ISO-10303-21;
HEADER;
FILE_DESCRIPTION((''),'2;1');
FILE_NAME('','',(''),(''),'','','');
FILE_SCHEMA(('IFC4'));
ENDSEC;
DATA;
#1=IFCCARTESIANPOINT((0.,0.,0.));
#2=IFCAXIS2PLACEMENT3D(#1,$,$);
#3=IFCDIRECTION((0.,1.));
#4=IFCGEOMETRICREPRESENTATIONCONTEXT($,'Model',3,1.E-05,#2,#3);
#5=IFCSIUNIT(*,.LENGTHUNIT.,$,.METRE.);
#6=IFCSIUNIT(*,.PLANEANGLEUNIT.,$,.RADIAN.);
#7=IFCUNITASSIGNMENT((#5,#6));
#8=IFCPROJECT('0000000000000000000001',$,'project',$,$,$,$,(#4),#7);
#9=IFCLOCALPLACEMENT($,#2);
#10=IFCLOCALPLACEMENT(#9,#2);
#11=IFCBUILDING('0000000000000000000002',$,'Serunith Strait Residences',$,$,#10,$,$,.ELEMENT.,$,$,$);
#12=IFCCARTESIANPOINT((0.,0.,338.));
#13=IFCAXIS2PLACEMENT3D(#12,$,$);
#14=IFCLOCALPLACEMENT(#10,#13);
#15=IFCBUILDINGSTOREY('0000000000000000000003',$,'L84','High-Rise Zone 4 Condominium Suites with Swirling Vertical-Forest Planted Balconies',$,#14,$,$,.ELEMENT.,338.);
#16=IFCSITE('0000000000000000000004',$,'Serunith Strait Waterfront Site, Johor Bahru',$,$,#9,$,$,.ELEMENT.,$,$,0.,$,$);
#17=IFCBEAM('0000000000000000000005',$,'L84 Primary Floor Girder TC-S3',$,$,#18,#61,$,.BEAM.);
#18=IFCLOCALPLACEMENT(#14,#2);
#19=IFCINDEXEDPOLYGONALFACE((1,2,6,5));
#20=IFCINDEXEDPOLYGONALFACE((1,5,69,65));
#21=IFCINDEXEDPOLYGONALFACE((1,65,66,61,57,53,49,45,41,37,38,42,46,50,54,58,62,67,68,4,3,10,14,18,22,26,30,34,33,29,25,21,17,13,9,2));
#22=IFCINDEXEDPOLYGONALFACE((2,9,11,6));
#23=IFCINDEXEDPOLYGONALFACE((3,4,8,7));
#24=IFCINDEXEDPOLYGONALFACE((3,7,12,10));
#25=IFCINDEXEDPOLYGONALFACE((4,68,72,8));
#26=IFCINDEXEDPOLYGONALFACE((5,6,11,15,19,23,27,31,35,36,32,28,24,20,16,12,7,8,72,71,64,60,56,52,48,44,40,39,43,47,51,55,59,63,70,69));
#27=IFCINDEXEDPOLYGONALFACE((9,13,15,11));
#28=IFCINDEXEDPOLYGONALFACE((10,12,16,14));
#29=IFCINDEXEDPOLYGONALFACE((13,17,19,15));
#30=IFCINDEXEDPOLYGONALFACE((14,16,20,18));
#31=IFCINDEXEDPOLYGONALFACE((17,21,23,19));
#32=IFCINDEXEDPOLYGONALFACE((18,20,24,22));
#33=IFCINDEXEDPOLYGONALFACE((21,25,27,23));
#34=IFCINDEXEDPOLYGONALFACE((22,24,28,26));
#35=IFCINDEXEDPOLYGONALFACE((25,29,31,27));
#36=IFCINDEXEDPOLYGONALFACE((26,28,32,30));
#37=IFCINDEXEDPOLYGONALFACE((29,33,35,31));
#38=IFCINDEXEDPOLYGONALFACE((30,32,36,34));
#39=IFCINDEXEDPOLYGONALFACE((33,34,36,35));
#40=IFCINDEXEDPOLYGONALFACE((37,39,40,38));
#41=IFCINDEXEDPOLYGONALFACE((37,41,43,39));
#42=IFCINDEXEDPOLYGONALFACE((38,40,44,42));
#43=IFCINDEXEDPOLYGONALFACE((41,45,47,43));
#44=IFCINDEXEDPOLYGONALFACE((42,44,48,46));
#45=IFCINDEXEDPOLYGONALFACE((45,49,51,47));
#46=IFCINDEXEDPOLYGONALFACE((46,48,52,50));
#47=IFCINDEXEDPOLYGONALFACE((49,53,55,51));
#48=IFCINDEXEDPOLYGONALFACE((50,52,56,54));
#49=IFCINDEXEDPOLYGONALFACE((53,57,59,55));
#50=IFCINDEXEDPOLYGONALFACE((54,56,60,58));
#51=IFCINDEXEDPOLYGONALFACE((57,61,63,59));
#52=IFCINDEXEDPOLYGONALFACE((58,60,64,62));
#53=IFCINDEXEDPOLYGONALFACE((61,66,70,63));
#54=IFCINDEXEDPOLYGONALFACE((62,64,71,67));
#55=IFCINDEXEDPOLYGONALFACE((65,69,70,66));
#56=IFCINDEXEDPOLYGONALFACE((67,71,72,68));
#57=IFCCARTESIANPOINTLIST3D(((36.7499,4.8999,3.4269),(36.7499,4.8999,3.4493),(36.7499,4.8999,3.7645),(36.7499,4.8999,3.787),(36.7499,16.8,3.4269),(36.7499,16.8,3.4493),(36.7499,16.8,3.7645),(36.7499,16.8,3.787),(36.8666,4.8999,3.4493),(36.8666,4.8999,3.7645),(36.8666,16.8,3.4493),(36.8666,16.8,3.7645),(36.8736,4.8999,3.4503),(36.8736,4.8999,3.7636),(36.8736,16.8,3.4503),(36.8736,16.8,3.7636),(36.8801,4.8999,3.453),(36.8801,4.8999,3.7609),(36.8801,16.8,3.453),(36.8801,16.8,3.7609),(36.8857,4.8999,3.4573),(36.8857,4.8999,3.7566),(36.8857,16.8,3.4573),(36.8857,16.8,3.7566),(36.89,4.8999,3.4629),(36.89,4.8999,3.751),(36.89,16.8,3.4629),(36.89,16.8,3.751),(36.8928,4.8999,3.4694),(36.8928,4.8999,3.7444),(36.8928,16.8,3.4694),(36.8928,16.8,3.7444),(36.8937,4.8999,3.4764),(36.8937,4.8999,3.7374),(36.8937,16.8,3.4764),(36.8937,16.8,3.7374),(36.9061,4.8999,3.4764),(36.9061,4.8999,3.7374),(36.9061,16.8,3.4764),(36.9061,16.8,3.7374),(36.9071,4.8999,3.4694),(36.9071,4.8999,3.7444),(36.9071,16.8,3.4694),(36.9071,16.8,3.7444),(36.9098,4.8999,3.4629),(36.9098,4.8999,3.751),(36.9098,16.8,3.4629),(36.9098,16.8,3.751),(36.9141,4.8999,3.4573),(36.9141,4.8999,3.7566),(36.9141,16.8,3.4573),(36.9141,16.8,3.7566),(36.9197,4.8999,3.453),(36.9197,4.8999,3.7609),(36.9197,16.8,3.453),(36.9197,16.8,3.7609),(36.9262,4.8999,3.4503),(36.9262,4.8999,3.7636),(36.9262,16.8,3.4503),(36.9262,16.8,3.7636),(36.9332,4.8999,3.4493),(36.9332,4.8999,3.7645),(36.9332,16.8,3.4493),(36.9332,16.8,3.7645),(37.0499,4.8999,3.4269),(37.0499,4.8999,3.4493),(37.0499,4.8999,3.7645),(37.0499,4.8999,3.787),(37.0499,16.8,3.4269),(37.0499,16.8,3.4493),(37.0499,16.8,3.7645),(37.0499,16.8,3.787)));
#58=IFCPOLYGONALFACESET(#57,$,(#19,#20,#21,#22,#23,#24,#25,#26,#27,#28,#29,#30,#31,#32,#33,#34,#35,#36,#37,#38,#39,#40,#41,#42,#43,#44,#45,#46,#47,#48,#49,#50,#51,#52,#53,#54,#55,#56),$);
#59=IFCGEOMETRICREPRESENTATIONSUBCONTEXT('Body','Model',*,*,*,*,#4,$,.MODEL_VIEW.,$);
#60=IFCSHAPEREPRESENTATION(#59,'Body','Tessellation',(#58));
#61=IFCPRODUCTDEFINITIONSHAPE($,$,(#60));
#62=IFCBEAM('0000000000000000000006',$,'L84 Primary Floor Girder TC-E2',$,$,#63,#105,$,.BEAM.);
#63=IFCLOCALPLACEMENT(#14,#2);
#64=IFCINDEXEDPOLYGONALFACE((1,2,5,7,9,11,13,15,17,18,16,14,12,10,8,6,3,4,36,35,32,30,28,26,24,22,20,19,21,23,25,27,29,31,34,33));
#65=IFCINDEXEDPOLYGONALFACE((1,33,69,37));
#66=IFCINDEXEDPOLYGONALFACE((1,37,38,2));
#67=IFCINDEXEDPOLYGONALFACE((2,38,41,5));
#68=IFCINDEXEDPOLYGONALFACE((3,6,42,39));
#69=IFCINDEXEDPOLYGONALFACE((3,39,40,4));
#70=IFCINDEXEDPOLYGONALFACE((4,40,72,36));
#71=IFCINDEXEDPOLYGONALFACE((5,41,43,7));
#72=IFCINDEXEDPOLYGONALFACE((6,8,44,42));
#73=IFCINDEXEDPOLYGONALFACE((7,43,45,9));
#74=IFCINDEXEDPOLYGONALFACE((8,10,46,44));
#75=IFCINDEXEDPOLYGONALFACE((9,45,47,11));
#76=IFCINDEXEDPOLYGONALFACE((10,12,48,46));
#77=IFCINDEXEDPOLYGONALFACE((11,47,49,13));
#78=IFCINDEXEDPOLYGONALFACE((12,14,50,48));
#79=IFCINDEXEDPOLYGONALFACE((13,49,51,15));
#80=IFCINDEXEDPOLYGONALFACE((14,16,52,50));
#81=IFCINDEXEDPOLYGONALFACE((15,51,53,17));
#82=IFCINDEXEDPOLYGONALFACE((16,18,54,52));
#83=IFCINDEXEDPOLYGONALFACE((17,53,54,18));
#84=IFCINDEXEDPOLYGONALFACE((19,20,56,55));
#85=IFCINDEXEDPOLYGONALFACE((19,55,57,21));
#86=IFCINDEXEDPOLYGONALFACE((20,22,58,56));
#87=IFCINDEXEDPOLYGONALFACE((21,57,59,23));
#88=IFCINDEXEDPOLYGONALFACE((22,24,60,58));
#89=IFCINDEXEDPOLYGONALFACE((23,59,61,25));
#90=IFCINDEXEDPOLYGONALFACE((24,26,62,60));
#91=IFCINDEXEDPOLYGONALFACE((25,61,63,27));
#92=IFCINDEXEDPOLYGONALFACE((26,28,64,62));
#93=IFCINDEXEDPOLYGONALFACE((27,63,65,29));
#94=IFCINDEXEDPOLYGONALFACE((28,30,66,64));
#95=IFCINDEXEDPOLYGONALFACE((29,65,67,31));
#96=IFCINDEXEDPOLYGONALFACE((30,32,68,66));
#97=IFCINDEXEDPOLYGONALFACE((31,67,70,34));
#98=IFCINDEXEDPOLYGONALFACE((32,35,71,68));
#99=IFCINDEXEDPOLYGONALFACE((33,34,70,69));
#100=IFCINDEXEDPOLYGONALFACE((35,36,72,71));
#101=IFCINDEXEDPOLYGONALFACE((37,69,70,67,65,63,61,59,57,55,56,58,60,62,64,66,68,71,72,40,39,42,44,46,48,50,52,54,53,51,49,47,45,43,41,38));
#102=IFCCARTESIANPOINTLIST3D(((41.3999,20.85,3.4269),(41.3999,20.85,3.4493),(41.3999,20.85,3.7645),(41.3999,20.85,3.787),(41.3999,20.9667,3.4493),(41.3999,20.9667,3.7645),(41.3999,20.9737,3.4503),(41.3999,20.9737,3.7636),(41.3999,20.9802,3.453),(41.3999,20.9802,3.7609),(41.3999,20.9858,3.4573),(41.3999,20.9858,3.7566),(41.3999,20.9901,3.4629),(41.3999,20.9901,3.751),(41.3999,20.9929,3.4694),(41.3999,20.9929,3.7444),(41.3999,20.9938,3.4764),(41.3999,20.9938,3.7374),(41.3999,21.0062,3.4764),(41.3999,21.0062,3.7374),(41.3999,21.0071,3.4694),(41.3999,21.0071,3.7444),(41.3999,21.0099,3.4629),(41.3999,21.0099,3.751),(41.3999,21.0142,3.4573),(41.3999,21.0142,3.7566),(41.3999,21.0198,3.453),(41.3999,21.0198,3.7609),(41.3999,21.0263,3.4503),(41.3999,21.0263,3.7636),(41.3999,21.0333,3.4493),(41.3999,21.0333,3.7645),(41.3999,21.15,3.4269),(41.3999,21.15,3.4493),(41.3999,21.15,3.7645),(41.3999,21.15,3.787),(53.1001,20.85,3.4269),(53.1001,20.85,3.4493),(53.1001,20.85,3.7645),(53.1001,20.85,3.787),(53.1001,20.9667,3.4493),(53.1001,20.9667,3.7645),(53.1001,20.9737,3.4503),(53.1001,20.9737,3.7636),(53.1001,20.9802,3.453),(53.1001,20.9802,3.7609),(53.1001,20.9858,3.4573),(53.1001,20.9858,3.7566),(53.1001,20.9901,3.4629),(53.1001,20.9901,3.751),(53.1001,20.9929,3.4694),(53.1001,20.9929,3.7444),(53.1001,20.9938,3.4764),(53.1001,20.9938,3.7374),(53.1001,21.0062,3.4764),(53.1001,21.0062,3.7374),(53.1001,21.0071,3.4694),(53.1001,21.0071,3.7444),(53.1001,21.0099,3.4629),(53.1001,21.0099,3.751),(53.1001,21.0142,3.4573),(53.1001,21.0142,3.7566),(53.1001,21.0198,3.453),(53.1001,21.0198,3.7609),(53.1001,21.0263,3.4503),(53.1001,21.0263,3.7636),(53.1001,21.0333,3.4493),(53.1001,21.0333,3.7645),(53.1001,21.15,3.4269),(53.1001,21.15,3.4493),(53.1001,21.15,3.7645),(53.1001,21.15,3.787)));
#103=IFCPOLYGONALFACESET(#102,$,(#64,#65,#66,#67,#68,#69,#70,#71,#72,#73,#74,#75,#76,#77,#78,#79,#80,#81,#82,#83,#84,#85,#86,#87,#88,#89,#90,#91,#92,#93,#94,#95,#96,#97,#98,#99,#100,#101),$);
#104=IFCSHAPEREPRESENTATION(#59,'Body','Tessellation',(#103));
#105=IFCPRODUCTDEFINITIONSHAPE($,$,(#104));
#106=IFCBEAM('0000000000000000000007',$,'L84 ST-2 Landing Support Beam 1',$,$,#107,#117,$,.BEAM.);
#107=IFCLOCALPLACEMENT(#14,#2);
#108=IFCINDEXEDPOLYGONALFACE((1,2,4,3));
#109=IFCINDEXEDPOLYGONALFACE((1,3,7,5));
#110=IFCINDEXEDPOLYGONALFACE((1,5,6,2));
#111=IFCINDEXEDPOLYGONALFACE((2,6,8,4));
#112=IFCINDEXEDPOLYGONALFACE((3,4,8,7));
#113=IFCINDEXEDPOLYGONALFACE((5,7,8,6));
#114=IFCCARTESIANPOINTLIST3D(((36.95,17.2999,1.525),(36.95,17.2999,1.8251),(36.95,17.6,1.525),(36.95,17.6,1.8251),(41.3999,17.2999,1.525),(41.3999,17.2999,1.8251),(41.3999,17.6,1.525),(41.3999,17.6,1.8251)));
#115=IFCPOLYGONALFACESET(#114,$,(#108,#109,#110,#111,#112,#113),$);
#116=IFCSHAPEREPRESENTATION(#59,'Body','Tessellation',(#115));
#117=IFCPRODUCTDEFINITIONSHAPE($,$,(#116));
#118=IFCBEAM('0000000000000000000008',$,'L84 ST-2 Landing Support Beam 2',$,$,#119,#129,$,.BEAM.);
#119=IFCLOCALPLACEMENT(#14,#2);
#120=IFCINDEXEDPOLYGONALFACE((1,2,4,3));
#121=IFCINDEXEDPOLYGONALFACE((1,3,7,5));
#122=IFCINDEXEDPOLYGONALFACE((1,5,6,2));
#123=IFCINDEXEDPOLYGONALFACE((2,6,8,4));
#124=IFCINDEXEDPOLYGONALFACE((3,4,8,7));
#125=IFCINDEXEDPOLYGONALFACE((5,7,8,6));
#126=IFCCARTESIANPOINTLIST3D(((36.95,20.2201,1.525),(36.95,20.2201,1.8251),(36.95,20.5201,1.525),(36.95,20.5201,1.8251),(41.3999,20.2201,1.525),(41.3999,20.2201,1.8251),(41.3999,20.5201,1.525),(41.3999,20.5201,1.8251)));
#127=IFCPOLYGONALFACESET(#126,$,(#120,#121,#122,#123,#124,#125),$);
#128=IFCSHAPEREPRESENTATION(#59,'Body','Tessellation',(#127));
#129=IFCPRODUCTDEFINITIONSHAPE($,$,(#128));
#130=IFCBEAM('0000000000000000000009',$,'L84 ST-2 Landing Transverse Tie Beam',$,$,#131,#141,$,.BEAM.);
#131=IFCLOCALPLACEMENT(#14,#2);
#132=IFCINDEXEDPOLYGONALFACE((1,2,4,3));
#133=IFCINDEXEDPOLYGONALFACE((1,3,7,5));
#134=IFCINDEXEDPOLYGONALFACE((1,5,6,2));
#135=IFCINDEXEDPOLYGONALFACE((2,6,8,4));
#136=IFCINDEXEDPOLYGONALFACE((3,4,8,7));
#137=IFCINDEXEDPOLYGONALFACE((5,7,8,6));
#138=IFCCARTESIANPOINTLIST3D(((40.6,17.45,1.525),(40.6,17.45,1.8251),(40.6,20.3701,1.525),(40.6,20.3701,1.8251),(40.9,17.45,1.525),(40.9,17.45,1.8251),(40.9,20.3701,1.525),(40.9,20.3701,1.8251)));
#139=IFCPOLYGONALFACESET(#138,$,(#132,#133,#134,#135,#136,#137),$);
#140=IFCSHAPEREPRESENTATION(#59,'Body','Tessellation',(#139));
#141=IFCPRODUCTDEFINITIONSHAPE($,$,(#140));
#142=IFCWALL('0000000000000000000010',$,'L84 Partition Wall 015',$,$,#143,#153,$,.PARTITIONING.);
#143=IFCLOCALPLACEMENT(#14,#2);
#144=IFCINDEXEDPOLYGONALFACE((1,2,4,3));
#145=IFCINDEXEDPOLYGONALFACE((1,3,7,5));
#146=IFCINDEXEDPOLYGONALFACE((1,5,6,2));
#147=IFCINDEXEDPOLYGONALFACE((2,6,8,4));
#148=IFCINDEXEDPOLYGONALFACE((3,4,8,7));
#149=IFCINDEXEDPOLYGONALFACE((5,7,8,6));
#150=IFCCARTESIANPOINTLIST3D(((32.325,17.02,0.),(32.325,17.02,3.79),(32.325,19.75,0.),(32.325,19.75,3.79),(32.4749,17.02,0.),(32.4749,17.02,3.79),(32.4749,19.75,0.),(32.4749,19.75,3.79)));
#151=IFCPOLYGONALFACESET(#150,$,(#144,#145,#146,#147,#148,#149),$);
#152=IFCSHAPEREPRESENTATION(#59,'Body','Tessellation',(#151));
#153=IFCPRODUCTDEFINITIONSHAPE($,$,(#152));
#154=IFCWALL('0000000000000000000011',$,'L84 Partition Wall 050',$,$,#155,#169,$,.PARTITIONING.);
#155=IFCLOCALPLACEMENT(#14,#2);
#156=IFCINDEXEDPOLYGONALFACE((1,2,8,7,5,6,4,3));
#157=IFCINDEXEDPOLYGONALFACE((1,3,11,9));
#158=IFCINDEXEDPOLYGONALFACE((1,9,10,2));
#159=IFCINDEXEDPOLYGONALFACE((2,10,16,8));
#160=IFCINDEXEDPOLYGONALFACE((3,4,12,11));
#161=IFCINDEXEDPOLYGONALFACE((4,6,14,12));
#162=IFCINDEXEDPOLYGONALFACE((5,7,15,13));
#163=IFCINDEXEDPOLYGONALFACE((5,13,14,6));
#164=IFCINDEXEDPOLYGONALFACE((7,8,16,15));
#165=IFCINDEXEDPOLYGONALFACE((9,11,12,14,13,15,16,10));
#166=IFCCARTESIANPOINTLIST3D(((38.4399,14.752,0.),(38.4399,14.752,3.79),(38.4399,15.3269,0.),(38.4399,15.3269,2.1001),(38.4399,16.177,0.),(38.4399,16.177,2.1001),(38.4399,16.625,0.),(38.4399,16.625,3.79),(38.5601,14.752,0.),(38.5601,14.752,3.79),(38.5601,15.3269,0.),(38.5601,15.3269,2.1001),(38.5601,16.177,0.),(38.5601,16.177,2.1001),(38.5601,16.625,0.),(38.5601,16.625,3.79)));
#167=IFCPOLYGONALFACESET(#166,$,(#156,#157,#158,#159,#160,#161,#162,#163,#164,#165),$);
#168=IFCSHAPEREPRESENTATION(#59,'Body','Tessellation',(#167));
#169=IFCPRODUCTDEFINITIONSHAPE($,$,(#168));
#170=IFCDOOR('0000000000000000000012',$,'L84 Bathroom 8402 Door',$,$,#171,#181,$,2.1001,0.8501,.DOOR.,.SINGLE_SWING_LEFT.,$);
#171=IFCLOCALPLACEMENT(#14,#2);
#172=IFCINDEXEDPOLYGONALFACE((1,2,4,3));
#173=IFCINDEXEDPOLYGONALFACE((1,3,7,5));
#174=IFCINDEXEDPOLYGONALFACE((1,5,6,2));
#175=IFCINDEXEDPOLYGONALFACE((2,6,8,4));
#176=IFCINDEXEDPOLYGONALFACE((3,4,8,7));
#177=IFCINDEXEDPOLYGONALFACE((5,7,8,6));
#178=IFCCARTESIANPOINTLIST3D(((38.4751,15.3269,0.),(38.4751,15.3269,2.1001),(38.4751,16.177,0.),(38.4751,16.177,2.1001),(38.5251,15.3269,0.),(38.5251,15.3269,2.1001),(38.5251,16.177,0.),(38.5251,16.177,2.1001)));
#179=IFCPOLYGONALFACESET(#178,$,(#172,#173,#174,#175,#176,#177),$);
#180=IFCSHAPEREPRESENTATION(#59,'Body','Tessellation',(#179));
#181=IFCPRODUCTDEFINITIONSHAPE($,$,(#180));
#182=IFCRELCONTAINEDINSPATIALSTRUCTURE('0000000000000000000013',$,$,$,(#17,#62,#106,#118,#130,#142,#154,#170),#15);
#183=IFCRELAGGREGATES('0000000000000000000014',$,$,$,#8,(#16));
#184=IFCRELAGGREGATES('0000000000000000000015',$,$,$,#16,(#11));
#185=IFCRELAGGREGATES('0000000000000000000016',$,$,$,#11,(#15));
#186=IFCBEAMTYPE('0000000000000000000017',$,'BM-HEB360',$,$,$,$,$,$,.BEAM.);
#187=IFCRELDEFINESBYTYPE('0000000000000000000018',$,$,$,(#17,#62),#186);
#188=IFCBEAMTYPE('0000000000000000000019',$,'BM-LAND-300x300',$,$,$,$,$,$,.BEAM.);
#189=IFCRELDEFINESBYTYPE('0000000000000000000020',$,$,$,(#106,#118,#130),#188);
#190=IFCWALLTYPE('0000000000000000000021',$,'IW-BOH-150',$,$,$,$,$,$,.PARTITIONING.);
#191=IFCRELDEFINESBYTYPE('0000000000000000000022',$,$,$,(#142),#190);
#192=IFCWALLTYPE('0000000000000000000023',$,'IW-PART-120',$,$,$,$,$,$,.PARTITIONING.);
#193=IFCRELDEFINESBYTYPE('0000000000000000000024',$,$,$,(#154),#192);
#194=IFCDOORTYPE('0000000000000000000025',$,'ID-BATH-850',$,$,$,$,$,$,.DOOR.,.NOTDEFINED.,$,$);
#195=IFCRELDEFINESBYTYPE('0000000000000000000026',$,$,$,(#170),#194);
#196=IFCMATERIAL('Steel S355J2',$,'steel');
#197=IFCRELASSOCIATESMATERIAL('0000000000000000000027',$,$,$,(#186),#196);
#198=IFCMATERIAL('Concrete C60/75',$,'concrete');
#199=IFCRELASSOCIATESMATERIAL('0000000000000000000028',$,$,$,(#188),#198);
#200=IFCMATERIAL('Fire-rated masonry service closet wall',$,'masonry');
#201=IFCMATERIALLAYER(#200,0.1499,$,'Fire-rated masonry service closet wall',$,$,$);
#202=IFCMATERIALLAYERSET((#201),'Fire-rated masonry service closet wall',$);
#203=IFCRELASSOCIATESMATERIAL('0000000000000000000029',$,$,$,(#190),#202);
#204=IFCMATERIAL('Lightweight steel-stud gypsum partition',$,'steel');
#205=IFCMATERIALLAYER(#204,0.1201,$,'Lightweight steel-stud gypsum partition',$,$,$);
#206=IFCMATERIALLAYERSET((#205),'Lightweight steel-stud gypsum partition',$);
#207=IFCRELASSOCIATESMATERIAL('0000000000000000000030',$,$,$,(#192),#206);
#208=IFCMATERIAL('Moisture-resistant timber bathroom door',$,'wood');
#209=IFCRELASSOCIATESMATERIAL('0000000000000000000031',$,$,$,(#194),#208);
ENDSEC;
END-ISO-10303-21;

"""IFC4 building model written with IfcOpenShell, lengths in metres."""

from ifc_helpers import new_model, si_unit, direction, frame, frame_2d, origin, origin_2d, place, context, subcontext, project, spatial, rectangle, i_section, extrude, source, transform, mapped, material, layer, layer_set, material_profile, profile_set, type_object, element, fill, save


model = new_model("IFC4")

# Units and contexts
model_context = context("Model", 3, precision=1e-05, world=origin(), true_north=direction((0.0, 1.0)))
body_context = subcontext(model_context, "Body", "Model", "MODEL_VIEW")
ifc_project = project(units=[si_unit("LENGTHUNIT", "METRE"), si_unit("PLANEANGLEUNIT", "RADIAN")], contexts=[model_context])

# Site, building, storey
site_placement = place(None, origin())
site = spatial("IfcSite", under=ifc_project, at=site_placement, Name="Serunith Strait Waterfront Site, Johor Bahru", CompositionType="ELEMENT", RefElevation=0.0)
building_placement = place(site_placement, origin())
building = spatial("IfcBuilding", under=site, at=building_placement, Name="Serunith Strait Residences", CompositionType="ELEMENT")
storey_placement = place(building_placement, frame((0.0, 0.0, 338.0)))
storey = spatial("IfcBuildingStorey", under=building, at=storey_placement, Name="L84", Description="High-Rise Zone 4 Condominium Suites with Swirling Vertical-Forest Planted Balconies", CompositionType="ELEMENT", Elevation=338.0)

# Beams
ifc_material_1 = material(Name="Steel S355J2", Category="steel")
ifc_material_profile_1 = material_profile(ifc_material_1, i_section(OverallWidth=0.3, OverallDepth=0.3601, WebThickness=0.0125, FlangeThickness=0.0225, FilletRadius=0.0271, at=origin_2d()), Name="HEB 360")
ifc_profile_set_1 = profile_set([ifc_material_profile_1], Name="Steel S355J2")
beam_type_1 = type_object("IfcBeamType", Name="BM-HEB360", PredefinedType="BEAM", material=ifc_profile_set_1)
shared_shape_1 = source(origin(), body_context, "Body", "SweptSolid", [
    extrude(i_section(OverallWidth=0.3, OverallDepth=0.3601, WebThickness=0.0125, FlangeThickness=0.0225, FilletRadius=0.0271, at=origin_2d()), origin(), (0.0, 0.0, 1.0), 11.9001),
])
beam_1_placement = place(storey_placement, frame((36.8999, 16.8, 3.6069), z_axis=(0.0, -1.0, 0.0), x_axis=(1.0, 0.0, 0.0)))
element("IfcBeam", 1, at=beam_1_placement, inside=storey, type_object=beam_type_1, Name="L84 Primary Floor Girder TC-S3", PredefinedType="BEAM", context=body_context, shape_type="MappedRepresentation", body=[
    mapped(shared_shape_1, transform((0.0, 0.0, 0.0), scale=1.0)),
])
shared_shape_2 = source(origin(), body_context, "Body", "SweptSolid", [
    extrude(i_section(OverallWidth=0.3, OverallDepth=0.3601, WebThickness=0.0125, FlangeThickness=0.0225, FilletRadius=0.0271, at=origin_2d()), origin(), (0.0, 0.0, 1.0), 11.7002),
])
beam_2_placement = place(storey_placement, frame((41.3999, 21.0, 3.6069), z_axis=(1.0, 0.0, 0.0), x_axis=(0.0, 1.0, 0.0)))
element("IfcBeam", 2, at=beam_2_placement, inside=storey, type_object=beam_type_1, Name="L84 Primary Floor Girder TC-E2", PredefinedType="BEAM", context=body_context, shape_type="MappedRepresentation", body=[
    mapped(shared_shape_2, transform((0.0, 0.0, 0.0), scale=1.0)),
])
ifc_material_2 = material(Name="Concrete C60/75", Category="concrete")
ifc_material_profile_2 = material_profile(ifc_material_2, rectangle(XDim=0.3, YDim=0.3, at=origin_2d()), Name="RC 300x300")
ifc_profile_set_2 = profile_set([ifc_material_profile_2], Name="Concrete C60/75")
beam_type_2 = type_object("IfcBeamType", Name="BM-LAND-300x300", PredefinedType="BEAM", material=ifc_profile_set_2)
shared_shape_3 = source(origin(), body_context, "Body", "SweptSolid", [
    extrude(rectangle(XDim=0.3, YDim=0.3, at=origin_2d()), origin(), (0.0, 0.0, 1.0), 4.45),
])
for number, where, z_axis, x_axis, name in (
    (3, (36.95, 17.45, 1.675), (1.0, 0.0, 0.0), (0.0, 1.0, 0.0), "L84 ST-2 Landing Support Beam 1"),
    (4, (36.95, 20.3701, 1.675), (1.0, 0.0, 0.0), (0.0, 1.0, 0.0), "L84 ST-2 Landing Support Beam 2"),
):
    element("IfcBeam", number, at=place(storey_placement, frame(where, z_axis=z_axis, x_axis=x_axis)), inside=storey, type_object=beam_type_2, Name=name, PredefinedType="BEAM", context=body_context, shape_type="MappedRepresentation", body=[
        mapped(shared_shape_3, transform((0.0, 0.0, 0.0), scale=1.0)),
    ])
shared_shape_4 = source(origin(), body_context, "Body", "SweptSolid", [
    extrude(rectangle(XDim=0.3, YDim=0.3, at=origin_2d()), origin(), (0.0, 0.0, 1.0), 2.9202),
])
beam_3_placement = place(storey_placement, frame((40.75, 17.45, 1.675), z_axis=(0.0, 1.0, 0.0), x_axis=(-1.0, 0.0, 0.0)))
element("IfcBeam", 5, at=beam_3_placement, inside=storey, type_object=beam_type_2, Name="L84 ST-2 Landing Transverse Tie Beam", PredefinedType="BEAM", context=body_context, shape_type="MappedRepresentation", body=[
    mapped(shared_shape_4, transform((0.0, 0.0, 0.0), scale=1.0)),
])

# Wall
ifc_material_3 = material(Name="Fire-rated masonry service closet wall", Category="masonry")
ifc_layer_1 = layer(ifc_material_3, 0.1499, Name="Fire-rated masonry service closet wall")
ifc_layer_set_1 = layer_set([ifc_layer_1], Name="Fire-rated masonry service closet wall")
wall_type_1 = type_object("IfcWallType", Name="IW-BOH-150", PredefinedType="PARTITIONING", material=ifc_layer_set_1)
wall_1_placement = place(storey_placement, frame((32.3999, 17.02, 0.0), z_axis=(0.0, 0.0, 1.0), x_axis=(0.0, 1.0, 0.0)))
element("IfcWall", 6, at=wall_1_placement, inside=storey, type_object=wall_type_1, Name="L84 Partition Wall 015", PredefinedType="PARTITIONING", context=body_context, shape_type="SweptSolid", body=[
    extrude(rectangle(XDim=2.73, YDim=0.1499, at=frame_2d((1.365, 0.0))), origin(), (0.0, 0.0, 1.0), 3.79),
])

# Wall, opening, door
ifc_material_4 = material(Name="Lightweight steel-stud gypsum partition", Category="steel")
ifc_layer_2 = layer(ifc_material_4, 0.1201, Name="Lightweight steel-stud gypsum partition")
ifc_layer_set_2 = layer_set([ifc_layer_2], Name="Lightweight steel-stud gypsum partition")
wall_type_2 = type_object("IfcWallType", Name="IW-PART-120", PredefinedType="PARTITIONING", material=ifc_layer_set_2)
wall_2_placement = place(storey_placement, frame((38.5, 14.752, 0.0), z_axis=(0.0, 0.0, 1.0), x_axis=(0.0, 1.0, 0.0)))
wall_2 = element("IfcWall", 7, at=wall_2_placement, inside=storey, type_object=wall_type_2, Name="L84 Partition Wall 050", PredefinedType="PARTITIONING", context=body_context, shape_type="SweptSolid", body=[
    extrude(rectangle(XDim=1.873, YDim=0.1201, at=frame_2d((0.9365, 0.0))), origin(), (0.0, 0.0, 1.0), 3.79),
])
opening_1_placement = place(wall_2_placement, frame((0.575, 0.0, 0.0)))
opening_1 = element("IfcOpeningElement", 8, at=opening_1_placement, cuts=wall_2, PredefinedType="OPENING", context=body_context, shape_type="SweptSolid", body=[
    extrude(rectangle(XDim=0.8501, YDim=2.1001, at=frame_2d((0.425, 1.05))), frame((0.0, 0.0701, 0.0), z_axis=(0.0, -1.0, 0.0), x_axis=(1.0, 0.0, 0.0)), (0.0, 0.0, 1.0), 0.1401),
])
ifc_material_5 = material(Name="Moisture-resistant timber bathroom door", Category="wood")
door_type_1 = type_object("IfcDoorType", Name="ID-BATH-850", OperationType="NOTDEFINED", PredefinedType="DOOR", material=ifc_material_5)
shared_shape_5 = source(origin(), body_context, "Body", "SweptSolid", [
    extrude(rectangle(XDim=0.8501, YDim=2.1001, at=frame_2d((0.425, 1.05))), frame((0.0, 0.0249, 0.0), z_axis=(0.0, -1.0, 0.0), x_axis=(1.0, 0.0, 0.0)), (0.0, 0.0, 1.0), 0.05),
])
door_1_placement = place(opening_1_placement, origin())
door_1 = element("IfcDoor", 9, at=door_1_placement, inside=storey, type_object=door_type_1, Name="L84 Bathroom 8402 Door", OperationType="SINGLE_SWING_LEFT", OverallHeight=2.1001, OverallWidth=0.8501, PredefinedType="DOOR", context=body_context, shape_type="MappedRepresentation", body=[
    mapped(shared_shape_5, transform((0.0, 0.0, 0.0), scale=1.0)),
])
fill(opening_1, door_1)

save(model, "model.ifc")
